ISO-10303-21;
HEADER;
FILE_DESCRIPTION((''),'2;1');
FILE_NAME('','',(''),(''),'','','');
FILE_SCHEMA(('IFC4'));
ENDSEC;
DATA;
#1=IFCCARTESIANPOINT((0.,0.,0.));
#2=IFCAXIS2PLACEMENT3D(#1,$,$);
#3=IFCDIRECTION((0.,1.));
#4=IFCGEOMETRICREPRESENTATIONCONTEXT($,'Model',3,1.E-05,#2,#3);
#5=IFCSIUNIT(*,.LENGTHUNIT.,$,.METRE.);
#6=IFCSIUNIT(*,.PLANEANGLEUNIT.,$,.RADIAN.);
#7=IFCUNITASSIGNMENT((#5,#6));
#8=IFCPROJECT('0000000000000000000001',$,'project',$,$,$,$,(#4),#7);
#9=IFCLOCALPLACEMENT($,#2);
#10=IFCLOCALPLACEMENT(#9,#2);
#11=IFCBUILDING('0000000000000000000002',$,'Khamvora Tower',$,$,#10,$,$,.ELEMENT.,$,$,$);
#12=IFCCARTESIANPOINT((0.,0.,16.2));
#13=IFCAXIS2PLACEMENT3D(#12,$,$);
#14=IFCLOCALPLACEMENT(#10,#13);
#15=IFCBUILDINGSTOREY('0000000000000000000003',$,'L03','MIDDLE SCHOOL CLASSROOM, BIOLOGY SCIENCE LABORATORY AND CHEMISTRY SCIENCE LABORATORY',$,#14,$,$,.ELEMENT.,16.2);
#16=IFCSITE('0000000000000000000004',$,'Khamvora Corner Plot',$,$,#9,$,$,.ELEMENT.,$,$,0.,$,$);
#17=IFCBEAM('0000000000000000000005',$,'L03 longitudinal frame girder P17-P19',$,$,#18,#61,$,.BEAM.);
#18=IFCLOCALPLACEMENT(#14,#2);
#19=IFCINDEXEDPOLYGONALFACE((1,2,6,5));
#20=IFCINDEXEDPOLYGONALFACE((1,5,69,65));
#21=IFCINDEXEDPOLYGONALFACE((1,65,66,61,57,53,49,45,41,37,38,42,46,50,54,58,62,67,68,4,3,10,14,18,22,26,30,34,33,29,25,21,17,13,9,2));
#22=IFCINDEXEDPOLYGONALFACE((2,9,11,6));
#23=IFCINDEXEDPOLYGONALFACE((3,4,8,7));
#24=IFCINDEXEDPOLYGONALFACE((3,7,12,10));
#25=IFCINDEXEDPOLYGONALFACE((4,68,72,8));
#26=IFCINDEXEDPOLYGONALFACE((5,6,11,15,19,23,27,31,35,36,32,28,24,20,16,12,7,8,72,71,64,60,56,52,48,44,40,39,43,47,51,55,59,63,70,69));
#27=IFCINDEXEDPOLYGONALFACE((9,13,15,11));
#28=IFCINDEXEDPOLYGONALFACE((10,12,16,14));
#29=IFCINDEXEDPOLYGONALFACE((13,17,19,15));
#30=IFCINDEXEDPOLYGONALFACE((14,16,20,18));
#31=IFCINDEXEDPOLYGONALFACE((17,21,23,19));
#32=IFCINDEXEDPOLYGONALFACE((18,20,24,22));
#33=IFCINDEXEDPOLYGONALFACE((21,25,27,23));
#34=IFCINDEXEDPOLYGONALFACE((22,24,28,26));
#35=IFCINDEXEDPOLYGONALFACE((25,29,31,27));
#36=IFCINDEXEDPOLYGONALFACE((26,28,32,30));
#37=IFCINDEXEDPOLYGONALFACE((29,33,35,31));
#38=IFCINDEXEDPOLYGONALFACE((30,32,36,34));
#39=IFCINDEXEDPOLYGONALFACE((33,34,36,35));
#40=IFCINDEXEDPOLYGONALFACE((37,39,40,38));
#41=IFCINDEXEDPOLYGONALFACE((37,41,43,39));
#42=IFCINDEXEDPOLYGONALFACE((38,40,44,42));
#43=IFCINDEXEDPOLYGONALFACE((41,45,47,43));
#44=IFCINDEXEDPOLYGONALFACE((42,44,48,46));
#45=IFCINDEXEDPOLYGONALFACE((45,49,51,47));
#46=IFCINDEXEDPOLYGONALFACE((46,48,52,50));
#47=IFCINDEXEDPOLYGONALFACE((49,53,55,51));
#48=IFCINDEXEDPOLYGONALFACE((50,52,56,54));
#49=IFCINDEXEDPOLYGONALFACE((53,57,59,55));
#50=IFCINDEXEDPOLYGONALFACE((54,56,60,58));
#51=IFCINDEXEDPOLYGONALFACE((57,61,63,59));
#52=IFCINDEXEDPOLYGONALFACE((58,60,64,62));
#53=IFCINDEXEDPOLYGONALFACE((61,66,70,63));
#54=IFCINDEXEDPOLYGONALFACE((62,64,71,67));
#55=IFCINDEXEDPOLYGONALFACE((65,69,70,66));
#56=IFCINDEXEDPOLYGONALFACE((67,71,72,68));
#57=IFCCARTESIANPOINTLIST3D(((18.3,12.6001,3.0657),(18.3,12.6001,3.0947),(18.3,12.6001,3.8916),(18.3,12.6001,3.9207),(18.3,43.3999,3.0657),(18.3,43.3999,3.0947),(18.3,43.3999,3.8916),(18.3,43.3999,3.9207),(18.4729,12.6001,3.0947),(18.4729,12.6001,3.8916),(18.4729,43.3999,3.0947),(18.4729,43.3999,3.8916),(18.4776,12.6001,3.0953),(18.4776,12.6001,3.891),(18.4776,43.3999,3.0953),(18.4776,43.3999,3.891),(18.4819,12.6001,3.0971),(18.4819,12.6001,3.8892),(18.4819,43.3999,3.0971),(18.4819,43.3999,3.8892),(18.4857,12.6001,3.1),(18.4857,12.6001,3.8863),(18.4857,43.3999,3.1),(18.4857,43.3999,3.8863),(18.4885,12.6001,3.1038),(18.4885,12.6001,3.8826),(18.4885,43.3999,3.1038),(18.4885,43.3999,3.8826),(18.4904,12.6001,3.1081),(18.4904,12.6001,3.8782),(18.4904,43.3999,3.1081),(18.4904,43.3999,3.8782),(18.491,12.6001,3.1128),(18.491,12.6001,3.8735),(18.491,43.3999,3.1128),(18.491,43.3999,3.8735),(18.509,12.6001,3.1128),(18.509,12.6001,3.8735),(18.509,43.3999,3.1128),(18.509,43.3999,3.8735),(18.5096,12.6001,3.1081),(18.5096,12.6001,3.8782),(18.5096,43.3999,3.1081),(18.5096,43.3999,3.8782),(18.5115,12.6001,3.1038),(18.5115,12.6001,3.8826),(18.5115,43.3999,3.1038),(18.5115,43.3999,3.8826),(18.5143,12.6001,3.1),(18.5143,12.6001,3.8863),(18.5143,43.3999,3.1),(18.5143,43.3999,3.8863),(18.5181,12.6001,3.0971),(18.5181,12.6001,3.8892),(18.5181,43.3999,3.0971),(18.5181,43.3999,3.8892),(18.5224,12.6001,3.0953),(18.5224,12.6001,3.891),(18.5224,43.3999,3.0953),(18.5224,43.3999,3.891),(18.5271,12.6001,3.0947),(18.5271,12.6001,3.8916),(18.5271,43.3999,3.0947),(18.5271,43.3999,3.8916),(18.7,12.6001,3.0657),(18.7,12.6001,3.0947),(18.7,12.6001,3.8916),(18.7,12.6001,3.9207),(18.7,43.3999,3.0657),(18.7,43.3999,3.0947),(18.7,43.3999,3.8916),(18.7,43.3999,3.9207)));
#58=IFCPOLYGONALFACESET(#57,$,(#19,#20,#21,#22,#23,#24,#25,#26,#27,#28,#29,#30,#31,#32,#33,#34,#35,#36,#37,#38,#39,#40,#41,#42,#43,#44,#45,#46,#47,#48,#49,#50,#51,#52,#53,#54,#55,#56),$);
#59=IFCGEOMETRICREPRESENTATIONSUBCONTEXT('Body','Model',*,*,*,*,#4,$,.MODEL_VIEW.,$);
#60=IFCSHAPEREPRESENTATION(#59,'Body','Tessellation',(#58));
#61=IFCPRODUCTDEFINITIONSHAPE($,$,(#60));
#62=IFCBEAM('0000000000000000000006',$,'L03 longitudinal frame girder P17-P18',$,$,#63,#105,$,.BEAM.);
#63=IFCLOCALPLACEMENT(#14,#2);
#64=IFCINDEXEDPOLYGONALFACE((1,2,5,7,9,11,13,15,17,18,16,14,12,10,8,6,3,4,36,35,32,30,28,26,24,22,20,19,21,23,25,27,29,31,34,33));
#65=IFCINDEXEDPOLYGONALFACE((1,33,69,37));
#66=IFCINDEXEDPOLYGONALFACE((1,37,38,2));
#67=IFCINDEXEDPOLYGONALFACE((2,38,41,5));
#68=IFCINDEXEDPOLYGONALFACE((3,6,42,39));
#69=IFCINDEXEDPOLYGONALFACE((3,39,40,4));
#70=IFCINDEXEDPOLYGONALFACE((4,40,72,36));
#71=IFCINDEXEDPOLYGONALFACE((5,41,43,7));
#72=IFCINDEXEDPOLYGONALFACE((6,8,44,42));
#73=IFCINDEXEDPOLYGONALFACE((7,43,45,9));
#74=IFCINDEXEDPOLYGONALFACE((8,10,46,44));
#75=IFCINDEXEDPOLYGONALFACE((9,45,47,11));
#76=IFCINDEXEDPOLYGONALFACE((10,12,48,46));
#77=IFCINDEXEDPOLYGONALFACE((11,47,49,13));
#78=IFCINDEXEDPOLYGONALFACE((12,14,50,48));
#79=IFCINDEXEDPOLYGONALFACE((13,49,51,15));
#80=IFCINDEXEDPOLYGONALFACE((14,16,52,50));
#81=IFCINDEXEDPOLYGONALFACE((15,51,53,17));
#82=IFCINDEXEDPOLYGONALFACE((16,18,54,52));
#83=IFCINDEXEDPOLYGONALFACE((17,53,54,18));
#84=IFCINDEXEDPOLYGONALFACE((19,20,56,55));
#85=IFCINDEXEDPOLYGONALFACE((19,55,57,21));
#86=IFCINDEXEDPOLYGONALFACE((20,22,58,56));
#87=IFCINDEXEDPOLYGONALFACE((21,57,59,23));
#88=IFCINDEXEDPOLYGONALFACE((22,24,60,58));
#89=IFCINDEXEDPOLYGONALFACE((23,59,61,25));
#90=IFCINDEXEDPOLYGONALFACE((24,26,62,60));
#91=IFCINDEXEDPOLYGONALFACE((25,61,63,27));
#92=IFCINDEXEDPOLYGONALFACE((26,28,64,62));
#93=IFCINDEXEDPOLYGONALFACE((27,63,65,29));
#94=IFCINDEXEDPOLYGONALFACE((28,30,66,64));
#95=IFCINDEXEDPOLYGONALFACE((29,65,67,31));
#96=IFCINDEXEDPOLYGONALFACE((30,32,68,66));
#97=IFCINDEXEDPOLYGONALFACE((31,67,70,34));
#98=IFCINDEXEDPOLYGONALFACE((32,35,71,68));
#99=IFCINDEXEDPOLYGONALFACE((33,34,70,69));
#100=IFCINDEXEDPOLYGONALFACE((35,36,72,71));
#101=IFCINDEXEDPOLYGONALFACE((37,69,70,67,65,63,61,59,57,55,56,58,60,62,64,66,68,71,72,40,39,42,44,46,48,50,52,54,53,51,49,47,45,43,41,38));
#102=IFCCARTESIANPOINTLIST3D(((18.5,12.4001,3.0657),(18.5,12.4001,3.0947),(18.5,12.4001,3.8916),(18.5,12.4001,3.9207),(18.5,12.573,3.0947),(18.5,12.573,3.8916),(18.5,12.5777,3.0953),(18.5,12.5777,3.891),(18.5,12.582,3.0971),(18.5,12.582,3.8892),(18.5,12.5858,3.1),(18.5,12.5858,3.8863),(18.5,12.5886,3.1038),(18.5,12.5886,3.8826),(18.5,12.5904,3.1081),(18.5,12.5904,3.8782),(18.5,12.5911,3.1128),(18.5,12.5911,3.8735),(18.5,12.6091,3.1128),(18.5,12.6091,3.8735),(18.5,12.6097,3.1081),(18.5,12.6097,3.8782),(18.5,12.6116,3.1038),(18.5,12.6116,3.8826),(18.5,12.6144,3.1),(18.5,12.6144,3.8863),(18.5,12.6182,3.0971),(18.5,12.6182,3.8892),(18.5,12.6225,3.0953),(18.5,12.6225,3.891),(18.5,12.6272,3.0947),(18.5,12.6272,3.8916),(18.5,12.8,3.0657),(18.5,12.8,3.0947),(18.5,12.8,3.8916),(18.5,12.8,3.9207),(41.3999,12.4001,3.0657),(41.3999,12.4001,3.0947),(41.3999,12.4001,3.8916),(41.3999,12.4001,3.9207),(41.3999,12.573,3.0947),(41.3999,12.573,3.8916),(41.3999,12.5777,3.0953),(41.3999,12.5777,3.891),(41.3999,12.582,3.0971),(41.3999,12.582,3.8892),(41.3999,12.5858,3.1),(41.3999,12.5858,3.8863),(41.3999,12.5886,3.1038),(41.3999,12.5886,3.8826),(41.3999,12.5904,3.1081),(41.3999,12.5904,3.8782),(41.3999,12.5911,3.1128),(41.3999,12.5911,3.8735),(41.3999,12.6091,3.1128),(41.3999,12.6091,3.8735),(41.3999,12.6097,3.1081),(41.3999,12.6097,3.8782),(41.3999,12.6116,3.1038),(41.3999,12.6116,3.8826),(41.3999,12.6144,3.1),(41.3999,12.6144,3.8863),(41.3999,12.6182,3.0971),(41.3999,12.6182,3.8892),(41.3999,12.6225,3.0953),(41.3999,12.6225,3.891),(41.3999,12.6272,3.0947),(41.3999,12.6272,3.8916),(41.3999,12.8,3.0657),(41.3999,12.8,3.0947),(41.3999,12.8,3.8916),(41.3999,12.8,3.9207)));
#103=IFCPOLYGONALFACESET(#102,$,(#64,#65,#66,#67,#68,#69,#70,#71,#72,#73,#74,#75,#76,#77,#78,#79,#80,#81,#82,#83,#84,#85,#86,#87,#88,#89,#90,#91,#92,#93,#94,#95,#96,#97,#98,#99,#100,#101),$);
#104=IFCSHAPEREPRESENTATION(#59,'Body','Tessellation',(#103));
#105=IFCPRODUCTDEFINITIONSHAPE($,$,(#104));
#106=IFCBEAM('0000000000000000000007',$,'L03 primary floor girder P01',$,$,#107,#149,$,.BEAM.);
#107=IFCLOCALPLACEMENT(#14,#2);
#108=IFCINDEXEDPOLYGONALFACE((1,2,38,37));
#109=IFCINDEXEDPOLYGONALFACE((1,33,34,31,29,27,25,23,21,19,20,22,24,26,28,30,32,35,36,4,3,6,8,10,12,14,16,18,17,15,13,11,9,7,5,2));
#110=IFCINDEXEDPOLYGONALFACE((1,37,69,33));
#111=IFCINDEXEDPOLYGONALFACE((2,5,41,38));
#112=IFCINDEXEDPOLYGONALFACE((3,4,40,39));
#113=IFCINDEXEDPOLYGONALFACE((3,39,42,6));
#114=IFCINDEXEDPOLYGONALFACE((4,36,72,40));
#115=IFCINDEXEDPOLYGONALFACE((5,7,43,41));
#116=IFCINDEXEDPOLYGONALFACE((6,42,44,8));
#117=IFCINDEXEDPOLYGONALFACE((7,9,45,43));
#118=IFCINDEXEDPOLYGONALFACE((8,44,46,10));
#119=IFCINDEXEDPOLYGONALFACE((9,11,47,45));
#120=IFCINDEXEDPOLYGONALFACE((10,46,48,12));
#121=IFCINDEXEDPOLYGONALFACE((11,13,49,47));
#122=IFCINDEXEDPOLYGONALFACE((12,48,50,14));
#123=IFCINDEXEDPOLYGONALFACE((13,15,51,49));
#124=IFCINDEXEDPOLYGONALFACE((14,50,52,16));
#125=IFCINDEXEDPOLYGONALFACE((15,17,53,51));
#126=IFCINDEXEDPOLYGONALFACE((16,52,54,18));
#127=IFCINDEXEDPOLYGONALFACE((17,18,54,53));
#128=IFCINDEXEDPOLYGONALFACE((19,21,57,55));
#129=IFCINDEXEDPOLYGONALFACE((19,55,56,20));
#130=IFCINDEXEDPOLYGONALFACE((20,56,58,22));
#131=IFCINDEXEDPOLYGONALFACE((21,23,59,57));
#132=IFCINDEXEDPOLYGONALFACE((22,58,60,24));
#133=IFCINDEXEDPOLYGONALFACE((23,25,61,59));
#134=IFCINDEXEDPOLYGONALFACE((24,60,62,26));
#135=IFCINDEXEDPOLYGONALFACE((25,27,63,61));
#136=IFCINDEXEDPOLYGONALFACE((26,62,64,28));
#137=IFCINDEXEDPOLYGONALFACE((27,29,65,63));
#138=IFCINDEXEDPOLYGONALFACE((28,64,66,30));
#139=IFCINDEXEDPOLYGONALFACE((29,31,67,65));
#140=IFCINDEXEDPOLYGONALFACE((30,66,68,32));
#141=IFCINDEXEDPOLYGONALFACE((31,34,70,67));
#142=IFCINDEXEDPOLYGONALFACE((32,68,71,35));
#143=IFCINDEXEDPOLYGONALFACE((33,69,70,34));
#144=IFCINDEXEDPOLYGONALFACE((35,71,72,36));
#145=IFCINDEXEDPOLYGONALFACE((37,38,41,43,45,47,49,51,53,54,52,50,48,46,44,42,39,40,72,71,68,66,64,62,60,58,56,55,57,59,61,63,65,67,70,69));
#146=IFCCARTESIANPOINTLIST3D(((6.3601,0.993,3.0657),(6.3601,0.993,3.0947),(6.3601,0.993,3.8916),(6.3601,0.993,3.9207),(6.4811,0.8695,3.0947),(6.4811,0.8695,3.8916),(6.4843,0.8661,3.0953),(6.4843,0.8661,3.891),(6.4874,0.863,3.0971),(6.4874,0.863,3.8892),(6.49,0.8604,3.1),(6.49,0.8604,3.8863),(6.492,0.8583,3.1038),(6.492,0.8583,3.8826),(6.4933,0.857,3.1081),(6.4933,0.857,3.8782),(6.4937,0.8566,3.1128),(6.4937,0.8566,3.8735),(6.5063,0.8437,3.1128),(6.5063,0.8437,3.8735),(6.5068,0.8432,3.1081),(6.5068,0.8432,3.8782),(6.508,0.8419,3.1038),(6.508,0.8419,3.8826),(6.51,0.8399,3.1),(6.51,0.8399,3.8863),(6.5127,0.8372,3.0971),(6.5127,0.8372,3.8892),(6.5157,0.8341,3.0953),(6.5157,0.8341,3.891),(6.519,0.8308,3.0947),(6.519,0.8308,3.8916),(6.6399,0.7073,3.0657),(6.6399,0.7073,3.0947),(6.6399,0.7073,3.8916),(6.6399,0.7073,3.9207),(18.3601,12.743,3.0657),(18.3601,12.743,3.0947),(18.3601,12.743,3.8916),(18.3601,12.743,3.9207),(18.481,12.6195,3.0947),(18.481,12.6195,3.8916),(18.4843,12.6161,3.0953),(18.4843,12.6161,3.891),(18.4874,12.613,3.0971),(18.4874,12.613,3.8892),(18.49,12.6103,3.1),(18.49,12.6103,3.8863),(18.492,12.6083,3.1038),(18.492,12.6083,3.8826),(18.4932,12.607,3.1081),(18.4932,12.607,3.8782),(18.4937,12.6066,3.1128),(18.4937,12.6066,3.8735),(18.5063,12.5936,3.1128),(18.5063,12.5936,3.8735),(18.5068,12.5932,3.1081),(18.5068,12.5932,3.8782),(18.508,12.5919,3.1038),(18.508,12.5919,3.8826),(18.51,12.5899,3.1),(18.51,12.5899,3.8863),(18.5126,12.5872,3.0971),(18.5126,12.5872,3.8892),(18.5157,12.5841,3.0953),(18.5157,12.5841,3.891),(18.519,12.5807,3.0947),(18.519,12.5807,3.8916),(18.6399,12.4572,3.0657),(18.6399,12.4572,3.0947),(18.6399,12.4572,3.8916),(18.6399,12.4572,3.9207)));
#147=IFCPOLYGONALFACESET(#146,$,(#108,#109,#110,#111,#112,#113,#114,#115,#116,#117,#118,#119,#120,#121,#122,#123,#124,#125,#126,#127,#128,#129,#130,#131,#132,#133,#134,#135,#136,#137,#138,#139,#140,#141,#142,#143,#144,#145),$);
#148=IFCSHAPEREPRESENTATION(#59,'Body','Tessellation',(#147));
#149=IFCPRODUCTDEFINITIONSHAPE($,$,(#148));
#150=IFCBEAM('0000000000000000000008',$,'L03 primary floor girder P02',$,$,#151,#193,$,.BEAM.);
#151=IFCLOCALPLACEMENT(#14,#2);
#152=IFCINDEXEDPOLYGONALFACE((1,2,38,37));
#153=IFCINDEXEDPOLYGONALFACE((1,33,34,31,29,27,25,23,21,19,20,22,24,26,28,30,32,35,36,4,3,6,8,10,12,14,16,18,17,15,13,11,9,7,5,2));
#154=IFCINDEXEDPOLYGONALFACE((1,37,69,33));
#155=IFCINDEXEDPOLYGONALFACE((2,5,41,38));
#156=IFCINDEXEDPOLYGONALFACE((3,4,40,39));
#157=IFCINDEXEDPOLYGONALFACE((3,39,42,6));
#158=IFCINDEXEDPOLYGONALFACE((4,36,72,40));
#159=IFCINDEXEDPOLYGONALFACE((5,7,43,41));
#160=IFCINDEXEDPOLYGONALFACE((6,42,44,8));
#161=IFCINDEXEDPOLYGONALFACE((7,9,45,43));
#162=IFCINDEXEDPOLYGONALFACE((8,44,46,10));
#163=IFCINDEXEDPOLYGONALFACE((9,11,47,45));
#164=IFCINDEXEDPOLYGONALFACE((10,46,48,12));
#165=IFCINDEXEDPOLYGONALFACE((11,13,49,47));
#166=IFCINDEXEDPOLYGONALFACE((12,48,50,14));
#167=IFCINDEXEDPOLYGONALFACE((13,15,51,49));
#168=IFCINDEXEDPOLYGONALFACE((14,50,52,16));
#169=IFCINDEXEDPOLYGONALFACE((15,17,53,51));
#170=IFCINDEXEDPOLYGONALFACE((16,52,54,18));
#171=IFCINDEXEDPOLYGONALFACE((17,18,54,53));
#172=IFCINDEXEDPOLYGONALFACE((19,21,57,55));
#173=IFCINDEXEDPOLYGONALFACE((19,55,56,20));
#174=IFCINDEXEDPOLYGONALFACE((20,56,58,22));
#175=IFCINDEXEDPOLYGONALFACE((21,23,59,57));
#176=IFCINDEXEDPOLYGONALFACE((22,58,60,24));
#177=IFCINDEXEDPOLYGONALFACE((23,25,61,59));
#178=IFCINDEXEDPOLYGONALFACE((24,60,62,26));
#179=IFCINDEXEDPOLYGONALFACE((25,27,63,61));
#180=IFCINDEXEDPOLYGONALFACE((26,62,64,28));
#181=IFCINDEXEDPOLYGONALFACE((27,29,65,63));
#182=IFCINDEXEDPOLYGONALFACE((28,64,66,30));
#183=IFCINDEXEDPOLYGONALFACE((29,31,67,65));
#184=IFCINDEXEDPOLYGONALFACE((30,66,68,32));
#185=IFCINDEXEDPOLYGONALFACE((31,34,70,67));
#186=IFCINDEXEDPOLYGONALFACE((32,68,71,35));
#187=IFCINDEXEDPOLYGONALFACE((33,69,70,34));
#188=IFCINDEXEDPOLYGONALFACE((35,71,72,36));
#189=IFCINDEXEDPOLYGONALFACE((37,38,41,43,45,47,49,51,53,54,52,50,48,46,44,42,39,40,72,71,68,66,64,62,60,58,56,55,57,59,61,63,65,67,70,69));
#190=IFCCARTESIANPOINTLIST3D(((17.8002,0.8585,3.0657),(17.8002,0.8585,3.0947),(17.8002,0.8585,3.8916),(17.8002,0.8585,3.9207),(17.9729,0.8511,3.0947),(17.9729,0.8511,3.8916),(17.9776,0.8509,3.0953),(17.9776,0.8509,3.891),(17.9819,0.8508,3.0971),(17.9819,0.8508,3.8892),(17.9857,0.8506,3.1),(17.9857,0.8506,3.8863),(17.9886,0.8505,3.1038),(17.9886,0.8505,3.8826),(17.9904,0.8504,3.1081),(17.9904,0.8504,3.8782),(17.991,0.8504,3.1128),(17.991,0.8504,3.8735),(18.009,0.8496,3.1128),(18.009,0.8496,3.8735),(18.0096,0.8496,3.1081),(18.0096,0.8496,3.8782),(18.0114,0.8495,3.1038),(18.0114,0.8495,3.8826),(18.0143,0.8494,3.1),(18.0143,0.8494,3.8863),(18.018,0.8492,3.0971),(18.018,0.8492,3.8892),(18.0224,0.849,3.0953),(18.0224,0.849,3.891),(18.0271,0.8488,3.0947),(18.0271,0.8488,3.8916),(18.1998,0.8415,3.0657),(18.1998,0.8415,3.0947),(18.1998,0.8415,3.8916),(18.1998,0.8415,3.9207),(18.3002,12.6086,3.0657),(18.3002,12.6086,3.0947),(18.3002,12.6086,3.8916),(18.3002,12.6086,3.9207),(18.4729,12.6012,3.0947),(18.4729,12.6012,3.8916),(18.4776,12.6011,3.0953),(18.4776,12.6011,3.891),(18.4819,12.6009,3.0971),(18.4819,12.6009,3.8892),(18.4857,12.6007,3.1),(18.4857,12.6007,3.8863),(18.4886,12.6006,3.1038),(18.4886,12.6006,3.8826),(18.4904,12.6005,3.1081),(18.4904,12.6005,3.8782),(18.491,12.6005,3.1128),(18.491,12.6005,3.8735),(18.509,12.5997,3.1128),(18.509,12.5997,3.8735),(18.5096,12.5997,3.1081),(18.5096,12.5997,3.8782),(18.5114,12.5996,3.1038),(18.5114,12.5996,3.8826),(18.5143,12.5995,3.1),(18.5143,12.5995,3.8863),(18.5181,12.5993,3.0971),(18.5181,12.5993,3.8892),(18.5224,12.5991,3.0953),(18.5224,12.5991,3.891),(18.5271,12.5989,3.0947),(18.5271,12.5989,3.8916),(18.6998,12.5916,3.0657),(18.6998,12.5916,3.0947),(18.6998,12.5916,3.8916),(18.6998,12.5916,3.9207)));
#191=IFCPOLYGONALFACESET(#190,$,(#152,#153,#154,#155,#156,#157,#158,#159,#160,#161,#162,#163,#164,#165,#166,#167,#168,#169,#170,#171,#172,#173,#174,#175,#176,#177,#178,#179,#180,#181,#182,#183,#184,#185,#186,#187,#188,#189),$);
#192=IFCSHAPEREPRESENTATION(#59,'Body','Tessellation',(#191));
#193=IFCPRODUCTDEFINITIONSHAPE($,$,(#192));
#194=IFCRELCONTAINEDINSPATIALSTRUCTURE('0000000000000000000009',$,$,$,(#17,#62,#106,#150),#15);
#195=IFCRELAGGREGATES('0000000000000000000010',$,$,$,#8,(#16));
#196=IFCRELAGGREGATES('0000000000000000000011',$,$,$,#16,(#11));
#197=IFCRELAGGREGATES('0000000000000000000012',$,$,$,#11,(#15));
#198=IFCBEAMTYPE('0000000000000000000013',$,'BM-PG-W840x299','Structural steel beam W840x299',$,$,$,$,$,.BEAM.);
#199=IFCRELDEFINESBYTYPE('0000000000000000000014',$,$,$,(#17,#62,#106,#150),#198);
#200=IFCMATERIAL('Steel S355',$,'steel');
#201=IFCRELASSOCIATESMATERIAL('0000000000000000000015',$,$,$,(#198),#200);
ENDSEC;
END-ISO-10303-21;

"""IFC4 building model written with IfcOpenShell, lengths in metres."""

from ifc_helpers import new_model, si_unit, direction, frame, origin, origin_2d, place, context, subcontext, project, spatial, i_section, extrude, material, material_profile, profile_set, type_object, element, save


model = new_model("IFC4")

# Units and contexts
model_context = context("Model", 3, precision=1e-05, world=origin(), true_north=direction((0.0, 1.0)))
body_context = subcontext(model_context, "Body", "Model", "MODEL_VIEW")
ifc_project = project(units=[si_unit("LENGTHUNIT", "METRE"), si_unit("PLANEANGLEUNIT", "RADIAN")], contexts=[model_context])

# Site, building, storey
site_placement = place(None, origin())
site = spatial("IfcSite", under=ifc_project, at=site_placement, Name="Khamvora Corner Plot", CompositionType="ELEMENT", RefElevation=0.0)
building_placement = place(site_placement, origin())
building = spatial("IfcBuilding", under=site, at=building_placement, Name="Khamvora Tower", CompositionType="ELEMENT")
storey_placement = place(building_placement, frame((0.0, 0.0, 16.2)))
storey = spatial("IfcBuildingStorey", under=building, at=storey_placement, Name="L03", Description="MIDDLE SCHOOL CLASSROOM, BIOLOGY SCIENCE LABORATORY AND CHEMISTRY SCIENCE LABORATORY", CompositionType="ELEMENT", Elevation=16.2)

# Beams
ifc_material_1 = material(Name="Steel S355", Category="steel")
ifc_material_profile_1 = material_profile(ifc_material_1, i_section(OverallWidth=0.3999, OverallDepth=0.855, WebThickness=0.0181, FlangeThickness=0.0291, FilletRadius=0.0181, at=origin_2d()), Name="W840x299")
ifc_profile_set_1 = profile_set([ifc_material_profile_1], Name="Steel S355")
beam_type_1 = type_object("IfcBeamType", Name="BM-PG-W840x299", Description="Structural steel beam W840x299", PredefinedType="BEAM", material=ifc_profile_set_1)
beam_1_placement = place(storey_placement, frame((18.5, 12.6001, 3.4932), z_axis=(0.0, 1.0, 0.0), x_axis=(-1.0, 0.0, 0.0)))
element("IfcBeam", 1, at=beam_1_placement, inside=storey, type_object=beam_type_1, Name="L03 longitudinal frame girder P17-P19", PredefinedType="BEAM", context=body_context, shape_type="SweptSolid", body=[
    extrude(i_section(OverallWidth=0.3999, OverallDepth=0.855, WebThickness=0.0181, FlangeThickness=0.0291, FilletRadius=0.0181, at=origin_2d()), origin(), (0.0, 0.0, 1.0), 30.7998),
])
beam_2_placement = place(storey_placement, frame((18.5, 12.6001, 3.4932), z_axis=(1.0, 0.0, 0.0), x_axis=(0.0, 1.0, 0.0)))
element("IfcBeam", 2, at=beam_2_placement, inside=storey, type_object=beam_type_1, Name="L03 longitudinal frame girder P17-P18", PredefinedType="BEAM", context=body_context, shape_type="SweptSolid", body=[
    extrude(i_section(OverallWidth=0.3999, OverallDepth=0.855, WebThickness=0.0181, FlangeThickness=0.0291, FilletRadius=0.0181, at=origin_2d()), origin(), (0.0, 0.0, 1.0), 22.8999),
])
beam_3_placement = place(storey_placement, frame((18.5, 12.6001, 3.4932), z_axis=(-0.71451, -0.699625, 0.0), x_axis=(0.699625, -0.71451, 0.0)))
element("IfcBeam", 3, at=beam_3_placement, inside=storey, type_object=beam_type_1, Name="L03 primary floor girder P01", PredefinedType="BEAM", context=body_context, shape_type="SweptSolid", body=[
    extrude(i_section(OverallWidth=0.3999, OverallDepth=0.855, WebThickness=0.0181, FlangeThickness=0.0291, FilletRadius=0.0181, at=origin_2d()), origin(), (0.0, 0.0, 1.0), 16.7947),
])
beam_4_placement = place(storey_placement, frame((18.5, 12.6001, 3.4932), z_axis=(-0.042515, -0.999096, 0.0), x_axis=(0.999096, -0.042515, 0.0)))
element("IfcBeam", 4, at=beam_4_placement, inside=storey, type_object=beam_type_1, Name="L03 primary floor girder P02", PredefinedType="BEAM", context=body_context, shape_type="SweptSolid", body=[
    extrude(i_section(OverallWidth=0.3999, OverallDepth=0.855, WebThickness=0.0181, FlangeThickness=0.0291, FilletRadius=0.0181, at=origin_2d()), origin(), (0.0, 0.0, 1.0), 11.7607),
])

save(model, "model.ifc")
